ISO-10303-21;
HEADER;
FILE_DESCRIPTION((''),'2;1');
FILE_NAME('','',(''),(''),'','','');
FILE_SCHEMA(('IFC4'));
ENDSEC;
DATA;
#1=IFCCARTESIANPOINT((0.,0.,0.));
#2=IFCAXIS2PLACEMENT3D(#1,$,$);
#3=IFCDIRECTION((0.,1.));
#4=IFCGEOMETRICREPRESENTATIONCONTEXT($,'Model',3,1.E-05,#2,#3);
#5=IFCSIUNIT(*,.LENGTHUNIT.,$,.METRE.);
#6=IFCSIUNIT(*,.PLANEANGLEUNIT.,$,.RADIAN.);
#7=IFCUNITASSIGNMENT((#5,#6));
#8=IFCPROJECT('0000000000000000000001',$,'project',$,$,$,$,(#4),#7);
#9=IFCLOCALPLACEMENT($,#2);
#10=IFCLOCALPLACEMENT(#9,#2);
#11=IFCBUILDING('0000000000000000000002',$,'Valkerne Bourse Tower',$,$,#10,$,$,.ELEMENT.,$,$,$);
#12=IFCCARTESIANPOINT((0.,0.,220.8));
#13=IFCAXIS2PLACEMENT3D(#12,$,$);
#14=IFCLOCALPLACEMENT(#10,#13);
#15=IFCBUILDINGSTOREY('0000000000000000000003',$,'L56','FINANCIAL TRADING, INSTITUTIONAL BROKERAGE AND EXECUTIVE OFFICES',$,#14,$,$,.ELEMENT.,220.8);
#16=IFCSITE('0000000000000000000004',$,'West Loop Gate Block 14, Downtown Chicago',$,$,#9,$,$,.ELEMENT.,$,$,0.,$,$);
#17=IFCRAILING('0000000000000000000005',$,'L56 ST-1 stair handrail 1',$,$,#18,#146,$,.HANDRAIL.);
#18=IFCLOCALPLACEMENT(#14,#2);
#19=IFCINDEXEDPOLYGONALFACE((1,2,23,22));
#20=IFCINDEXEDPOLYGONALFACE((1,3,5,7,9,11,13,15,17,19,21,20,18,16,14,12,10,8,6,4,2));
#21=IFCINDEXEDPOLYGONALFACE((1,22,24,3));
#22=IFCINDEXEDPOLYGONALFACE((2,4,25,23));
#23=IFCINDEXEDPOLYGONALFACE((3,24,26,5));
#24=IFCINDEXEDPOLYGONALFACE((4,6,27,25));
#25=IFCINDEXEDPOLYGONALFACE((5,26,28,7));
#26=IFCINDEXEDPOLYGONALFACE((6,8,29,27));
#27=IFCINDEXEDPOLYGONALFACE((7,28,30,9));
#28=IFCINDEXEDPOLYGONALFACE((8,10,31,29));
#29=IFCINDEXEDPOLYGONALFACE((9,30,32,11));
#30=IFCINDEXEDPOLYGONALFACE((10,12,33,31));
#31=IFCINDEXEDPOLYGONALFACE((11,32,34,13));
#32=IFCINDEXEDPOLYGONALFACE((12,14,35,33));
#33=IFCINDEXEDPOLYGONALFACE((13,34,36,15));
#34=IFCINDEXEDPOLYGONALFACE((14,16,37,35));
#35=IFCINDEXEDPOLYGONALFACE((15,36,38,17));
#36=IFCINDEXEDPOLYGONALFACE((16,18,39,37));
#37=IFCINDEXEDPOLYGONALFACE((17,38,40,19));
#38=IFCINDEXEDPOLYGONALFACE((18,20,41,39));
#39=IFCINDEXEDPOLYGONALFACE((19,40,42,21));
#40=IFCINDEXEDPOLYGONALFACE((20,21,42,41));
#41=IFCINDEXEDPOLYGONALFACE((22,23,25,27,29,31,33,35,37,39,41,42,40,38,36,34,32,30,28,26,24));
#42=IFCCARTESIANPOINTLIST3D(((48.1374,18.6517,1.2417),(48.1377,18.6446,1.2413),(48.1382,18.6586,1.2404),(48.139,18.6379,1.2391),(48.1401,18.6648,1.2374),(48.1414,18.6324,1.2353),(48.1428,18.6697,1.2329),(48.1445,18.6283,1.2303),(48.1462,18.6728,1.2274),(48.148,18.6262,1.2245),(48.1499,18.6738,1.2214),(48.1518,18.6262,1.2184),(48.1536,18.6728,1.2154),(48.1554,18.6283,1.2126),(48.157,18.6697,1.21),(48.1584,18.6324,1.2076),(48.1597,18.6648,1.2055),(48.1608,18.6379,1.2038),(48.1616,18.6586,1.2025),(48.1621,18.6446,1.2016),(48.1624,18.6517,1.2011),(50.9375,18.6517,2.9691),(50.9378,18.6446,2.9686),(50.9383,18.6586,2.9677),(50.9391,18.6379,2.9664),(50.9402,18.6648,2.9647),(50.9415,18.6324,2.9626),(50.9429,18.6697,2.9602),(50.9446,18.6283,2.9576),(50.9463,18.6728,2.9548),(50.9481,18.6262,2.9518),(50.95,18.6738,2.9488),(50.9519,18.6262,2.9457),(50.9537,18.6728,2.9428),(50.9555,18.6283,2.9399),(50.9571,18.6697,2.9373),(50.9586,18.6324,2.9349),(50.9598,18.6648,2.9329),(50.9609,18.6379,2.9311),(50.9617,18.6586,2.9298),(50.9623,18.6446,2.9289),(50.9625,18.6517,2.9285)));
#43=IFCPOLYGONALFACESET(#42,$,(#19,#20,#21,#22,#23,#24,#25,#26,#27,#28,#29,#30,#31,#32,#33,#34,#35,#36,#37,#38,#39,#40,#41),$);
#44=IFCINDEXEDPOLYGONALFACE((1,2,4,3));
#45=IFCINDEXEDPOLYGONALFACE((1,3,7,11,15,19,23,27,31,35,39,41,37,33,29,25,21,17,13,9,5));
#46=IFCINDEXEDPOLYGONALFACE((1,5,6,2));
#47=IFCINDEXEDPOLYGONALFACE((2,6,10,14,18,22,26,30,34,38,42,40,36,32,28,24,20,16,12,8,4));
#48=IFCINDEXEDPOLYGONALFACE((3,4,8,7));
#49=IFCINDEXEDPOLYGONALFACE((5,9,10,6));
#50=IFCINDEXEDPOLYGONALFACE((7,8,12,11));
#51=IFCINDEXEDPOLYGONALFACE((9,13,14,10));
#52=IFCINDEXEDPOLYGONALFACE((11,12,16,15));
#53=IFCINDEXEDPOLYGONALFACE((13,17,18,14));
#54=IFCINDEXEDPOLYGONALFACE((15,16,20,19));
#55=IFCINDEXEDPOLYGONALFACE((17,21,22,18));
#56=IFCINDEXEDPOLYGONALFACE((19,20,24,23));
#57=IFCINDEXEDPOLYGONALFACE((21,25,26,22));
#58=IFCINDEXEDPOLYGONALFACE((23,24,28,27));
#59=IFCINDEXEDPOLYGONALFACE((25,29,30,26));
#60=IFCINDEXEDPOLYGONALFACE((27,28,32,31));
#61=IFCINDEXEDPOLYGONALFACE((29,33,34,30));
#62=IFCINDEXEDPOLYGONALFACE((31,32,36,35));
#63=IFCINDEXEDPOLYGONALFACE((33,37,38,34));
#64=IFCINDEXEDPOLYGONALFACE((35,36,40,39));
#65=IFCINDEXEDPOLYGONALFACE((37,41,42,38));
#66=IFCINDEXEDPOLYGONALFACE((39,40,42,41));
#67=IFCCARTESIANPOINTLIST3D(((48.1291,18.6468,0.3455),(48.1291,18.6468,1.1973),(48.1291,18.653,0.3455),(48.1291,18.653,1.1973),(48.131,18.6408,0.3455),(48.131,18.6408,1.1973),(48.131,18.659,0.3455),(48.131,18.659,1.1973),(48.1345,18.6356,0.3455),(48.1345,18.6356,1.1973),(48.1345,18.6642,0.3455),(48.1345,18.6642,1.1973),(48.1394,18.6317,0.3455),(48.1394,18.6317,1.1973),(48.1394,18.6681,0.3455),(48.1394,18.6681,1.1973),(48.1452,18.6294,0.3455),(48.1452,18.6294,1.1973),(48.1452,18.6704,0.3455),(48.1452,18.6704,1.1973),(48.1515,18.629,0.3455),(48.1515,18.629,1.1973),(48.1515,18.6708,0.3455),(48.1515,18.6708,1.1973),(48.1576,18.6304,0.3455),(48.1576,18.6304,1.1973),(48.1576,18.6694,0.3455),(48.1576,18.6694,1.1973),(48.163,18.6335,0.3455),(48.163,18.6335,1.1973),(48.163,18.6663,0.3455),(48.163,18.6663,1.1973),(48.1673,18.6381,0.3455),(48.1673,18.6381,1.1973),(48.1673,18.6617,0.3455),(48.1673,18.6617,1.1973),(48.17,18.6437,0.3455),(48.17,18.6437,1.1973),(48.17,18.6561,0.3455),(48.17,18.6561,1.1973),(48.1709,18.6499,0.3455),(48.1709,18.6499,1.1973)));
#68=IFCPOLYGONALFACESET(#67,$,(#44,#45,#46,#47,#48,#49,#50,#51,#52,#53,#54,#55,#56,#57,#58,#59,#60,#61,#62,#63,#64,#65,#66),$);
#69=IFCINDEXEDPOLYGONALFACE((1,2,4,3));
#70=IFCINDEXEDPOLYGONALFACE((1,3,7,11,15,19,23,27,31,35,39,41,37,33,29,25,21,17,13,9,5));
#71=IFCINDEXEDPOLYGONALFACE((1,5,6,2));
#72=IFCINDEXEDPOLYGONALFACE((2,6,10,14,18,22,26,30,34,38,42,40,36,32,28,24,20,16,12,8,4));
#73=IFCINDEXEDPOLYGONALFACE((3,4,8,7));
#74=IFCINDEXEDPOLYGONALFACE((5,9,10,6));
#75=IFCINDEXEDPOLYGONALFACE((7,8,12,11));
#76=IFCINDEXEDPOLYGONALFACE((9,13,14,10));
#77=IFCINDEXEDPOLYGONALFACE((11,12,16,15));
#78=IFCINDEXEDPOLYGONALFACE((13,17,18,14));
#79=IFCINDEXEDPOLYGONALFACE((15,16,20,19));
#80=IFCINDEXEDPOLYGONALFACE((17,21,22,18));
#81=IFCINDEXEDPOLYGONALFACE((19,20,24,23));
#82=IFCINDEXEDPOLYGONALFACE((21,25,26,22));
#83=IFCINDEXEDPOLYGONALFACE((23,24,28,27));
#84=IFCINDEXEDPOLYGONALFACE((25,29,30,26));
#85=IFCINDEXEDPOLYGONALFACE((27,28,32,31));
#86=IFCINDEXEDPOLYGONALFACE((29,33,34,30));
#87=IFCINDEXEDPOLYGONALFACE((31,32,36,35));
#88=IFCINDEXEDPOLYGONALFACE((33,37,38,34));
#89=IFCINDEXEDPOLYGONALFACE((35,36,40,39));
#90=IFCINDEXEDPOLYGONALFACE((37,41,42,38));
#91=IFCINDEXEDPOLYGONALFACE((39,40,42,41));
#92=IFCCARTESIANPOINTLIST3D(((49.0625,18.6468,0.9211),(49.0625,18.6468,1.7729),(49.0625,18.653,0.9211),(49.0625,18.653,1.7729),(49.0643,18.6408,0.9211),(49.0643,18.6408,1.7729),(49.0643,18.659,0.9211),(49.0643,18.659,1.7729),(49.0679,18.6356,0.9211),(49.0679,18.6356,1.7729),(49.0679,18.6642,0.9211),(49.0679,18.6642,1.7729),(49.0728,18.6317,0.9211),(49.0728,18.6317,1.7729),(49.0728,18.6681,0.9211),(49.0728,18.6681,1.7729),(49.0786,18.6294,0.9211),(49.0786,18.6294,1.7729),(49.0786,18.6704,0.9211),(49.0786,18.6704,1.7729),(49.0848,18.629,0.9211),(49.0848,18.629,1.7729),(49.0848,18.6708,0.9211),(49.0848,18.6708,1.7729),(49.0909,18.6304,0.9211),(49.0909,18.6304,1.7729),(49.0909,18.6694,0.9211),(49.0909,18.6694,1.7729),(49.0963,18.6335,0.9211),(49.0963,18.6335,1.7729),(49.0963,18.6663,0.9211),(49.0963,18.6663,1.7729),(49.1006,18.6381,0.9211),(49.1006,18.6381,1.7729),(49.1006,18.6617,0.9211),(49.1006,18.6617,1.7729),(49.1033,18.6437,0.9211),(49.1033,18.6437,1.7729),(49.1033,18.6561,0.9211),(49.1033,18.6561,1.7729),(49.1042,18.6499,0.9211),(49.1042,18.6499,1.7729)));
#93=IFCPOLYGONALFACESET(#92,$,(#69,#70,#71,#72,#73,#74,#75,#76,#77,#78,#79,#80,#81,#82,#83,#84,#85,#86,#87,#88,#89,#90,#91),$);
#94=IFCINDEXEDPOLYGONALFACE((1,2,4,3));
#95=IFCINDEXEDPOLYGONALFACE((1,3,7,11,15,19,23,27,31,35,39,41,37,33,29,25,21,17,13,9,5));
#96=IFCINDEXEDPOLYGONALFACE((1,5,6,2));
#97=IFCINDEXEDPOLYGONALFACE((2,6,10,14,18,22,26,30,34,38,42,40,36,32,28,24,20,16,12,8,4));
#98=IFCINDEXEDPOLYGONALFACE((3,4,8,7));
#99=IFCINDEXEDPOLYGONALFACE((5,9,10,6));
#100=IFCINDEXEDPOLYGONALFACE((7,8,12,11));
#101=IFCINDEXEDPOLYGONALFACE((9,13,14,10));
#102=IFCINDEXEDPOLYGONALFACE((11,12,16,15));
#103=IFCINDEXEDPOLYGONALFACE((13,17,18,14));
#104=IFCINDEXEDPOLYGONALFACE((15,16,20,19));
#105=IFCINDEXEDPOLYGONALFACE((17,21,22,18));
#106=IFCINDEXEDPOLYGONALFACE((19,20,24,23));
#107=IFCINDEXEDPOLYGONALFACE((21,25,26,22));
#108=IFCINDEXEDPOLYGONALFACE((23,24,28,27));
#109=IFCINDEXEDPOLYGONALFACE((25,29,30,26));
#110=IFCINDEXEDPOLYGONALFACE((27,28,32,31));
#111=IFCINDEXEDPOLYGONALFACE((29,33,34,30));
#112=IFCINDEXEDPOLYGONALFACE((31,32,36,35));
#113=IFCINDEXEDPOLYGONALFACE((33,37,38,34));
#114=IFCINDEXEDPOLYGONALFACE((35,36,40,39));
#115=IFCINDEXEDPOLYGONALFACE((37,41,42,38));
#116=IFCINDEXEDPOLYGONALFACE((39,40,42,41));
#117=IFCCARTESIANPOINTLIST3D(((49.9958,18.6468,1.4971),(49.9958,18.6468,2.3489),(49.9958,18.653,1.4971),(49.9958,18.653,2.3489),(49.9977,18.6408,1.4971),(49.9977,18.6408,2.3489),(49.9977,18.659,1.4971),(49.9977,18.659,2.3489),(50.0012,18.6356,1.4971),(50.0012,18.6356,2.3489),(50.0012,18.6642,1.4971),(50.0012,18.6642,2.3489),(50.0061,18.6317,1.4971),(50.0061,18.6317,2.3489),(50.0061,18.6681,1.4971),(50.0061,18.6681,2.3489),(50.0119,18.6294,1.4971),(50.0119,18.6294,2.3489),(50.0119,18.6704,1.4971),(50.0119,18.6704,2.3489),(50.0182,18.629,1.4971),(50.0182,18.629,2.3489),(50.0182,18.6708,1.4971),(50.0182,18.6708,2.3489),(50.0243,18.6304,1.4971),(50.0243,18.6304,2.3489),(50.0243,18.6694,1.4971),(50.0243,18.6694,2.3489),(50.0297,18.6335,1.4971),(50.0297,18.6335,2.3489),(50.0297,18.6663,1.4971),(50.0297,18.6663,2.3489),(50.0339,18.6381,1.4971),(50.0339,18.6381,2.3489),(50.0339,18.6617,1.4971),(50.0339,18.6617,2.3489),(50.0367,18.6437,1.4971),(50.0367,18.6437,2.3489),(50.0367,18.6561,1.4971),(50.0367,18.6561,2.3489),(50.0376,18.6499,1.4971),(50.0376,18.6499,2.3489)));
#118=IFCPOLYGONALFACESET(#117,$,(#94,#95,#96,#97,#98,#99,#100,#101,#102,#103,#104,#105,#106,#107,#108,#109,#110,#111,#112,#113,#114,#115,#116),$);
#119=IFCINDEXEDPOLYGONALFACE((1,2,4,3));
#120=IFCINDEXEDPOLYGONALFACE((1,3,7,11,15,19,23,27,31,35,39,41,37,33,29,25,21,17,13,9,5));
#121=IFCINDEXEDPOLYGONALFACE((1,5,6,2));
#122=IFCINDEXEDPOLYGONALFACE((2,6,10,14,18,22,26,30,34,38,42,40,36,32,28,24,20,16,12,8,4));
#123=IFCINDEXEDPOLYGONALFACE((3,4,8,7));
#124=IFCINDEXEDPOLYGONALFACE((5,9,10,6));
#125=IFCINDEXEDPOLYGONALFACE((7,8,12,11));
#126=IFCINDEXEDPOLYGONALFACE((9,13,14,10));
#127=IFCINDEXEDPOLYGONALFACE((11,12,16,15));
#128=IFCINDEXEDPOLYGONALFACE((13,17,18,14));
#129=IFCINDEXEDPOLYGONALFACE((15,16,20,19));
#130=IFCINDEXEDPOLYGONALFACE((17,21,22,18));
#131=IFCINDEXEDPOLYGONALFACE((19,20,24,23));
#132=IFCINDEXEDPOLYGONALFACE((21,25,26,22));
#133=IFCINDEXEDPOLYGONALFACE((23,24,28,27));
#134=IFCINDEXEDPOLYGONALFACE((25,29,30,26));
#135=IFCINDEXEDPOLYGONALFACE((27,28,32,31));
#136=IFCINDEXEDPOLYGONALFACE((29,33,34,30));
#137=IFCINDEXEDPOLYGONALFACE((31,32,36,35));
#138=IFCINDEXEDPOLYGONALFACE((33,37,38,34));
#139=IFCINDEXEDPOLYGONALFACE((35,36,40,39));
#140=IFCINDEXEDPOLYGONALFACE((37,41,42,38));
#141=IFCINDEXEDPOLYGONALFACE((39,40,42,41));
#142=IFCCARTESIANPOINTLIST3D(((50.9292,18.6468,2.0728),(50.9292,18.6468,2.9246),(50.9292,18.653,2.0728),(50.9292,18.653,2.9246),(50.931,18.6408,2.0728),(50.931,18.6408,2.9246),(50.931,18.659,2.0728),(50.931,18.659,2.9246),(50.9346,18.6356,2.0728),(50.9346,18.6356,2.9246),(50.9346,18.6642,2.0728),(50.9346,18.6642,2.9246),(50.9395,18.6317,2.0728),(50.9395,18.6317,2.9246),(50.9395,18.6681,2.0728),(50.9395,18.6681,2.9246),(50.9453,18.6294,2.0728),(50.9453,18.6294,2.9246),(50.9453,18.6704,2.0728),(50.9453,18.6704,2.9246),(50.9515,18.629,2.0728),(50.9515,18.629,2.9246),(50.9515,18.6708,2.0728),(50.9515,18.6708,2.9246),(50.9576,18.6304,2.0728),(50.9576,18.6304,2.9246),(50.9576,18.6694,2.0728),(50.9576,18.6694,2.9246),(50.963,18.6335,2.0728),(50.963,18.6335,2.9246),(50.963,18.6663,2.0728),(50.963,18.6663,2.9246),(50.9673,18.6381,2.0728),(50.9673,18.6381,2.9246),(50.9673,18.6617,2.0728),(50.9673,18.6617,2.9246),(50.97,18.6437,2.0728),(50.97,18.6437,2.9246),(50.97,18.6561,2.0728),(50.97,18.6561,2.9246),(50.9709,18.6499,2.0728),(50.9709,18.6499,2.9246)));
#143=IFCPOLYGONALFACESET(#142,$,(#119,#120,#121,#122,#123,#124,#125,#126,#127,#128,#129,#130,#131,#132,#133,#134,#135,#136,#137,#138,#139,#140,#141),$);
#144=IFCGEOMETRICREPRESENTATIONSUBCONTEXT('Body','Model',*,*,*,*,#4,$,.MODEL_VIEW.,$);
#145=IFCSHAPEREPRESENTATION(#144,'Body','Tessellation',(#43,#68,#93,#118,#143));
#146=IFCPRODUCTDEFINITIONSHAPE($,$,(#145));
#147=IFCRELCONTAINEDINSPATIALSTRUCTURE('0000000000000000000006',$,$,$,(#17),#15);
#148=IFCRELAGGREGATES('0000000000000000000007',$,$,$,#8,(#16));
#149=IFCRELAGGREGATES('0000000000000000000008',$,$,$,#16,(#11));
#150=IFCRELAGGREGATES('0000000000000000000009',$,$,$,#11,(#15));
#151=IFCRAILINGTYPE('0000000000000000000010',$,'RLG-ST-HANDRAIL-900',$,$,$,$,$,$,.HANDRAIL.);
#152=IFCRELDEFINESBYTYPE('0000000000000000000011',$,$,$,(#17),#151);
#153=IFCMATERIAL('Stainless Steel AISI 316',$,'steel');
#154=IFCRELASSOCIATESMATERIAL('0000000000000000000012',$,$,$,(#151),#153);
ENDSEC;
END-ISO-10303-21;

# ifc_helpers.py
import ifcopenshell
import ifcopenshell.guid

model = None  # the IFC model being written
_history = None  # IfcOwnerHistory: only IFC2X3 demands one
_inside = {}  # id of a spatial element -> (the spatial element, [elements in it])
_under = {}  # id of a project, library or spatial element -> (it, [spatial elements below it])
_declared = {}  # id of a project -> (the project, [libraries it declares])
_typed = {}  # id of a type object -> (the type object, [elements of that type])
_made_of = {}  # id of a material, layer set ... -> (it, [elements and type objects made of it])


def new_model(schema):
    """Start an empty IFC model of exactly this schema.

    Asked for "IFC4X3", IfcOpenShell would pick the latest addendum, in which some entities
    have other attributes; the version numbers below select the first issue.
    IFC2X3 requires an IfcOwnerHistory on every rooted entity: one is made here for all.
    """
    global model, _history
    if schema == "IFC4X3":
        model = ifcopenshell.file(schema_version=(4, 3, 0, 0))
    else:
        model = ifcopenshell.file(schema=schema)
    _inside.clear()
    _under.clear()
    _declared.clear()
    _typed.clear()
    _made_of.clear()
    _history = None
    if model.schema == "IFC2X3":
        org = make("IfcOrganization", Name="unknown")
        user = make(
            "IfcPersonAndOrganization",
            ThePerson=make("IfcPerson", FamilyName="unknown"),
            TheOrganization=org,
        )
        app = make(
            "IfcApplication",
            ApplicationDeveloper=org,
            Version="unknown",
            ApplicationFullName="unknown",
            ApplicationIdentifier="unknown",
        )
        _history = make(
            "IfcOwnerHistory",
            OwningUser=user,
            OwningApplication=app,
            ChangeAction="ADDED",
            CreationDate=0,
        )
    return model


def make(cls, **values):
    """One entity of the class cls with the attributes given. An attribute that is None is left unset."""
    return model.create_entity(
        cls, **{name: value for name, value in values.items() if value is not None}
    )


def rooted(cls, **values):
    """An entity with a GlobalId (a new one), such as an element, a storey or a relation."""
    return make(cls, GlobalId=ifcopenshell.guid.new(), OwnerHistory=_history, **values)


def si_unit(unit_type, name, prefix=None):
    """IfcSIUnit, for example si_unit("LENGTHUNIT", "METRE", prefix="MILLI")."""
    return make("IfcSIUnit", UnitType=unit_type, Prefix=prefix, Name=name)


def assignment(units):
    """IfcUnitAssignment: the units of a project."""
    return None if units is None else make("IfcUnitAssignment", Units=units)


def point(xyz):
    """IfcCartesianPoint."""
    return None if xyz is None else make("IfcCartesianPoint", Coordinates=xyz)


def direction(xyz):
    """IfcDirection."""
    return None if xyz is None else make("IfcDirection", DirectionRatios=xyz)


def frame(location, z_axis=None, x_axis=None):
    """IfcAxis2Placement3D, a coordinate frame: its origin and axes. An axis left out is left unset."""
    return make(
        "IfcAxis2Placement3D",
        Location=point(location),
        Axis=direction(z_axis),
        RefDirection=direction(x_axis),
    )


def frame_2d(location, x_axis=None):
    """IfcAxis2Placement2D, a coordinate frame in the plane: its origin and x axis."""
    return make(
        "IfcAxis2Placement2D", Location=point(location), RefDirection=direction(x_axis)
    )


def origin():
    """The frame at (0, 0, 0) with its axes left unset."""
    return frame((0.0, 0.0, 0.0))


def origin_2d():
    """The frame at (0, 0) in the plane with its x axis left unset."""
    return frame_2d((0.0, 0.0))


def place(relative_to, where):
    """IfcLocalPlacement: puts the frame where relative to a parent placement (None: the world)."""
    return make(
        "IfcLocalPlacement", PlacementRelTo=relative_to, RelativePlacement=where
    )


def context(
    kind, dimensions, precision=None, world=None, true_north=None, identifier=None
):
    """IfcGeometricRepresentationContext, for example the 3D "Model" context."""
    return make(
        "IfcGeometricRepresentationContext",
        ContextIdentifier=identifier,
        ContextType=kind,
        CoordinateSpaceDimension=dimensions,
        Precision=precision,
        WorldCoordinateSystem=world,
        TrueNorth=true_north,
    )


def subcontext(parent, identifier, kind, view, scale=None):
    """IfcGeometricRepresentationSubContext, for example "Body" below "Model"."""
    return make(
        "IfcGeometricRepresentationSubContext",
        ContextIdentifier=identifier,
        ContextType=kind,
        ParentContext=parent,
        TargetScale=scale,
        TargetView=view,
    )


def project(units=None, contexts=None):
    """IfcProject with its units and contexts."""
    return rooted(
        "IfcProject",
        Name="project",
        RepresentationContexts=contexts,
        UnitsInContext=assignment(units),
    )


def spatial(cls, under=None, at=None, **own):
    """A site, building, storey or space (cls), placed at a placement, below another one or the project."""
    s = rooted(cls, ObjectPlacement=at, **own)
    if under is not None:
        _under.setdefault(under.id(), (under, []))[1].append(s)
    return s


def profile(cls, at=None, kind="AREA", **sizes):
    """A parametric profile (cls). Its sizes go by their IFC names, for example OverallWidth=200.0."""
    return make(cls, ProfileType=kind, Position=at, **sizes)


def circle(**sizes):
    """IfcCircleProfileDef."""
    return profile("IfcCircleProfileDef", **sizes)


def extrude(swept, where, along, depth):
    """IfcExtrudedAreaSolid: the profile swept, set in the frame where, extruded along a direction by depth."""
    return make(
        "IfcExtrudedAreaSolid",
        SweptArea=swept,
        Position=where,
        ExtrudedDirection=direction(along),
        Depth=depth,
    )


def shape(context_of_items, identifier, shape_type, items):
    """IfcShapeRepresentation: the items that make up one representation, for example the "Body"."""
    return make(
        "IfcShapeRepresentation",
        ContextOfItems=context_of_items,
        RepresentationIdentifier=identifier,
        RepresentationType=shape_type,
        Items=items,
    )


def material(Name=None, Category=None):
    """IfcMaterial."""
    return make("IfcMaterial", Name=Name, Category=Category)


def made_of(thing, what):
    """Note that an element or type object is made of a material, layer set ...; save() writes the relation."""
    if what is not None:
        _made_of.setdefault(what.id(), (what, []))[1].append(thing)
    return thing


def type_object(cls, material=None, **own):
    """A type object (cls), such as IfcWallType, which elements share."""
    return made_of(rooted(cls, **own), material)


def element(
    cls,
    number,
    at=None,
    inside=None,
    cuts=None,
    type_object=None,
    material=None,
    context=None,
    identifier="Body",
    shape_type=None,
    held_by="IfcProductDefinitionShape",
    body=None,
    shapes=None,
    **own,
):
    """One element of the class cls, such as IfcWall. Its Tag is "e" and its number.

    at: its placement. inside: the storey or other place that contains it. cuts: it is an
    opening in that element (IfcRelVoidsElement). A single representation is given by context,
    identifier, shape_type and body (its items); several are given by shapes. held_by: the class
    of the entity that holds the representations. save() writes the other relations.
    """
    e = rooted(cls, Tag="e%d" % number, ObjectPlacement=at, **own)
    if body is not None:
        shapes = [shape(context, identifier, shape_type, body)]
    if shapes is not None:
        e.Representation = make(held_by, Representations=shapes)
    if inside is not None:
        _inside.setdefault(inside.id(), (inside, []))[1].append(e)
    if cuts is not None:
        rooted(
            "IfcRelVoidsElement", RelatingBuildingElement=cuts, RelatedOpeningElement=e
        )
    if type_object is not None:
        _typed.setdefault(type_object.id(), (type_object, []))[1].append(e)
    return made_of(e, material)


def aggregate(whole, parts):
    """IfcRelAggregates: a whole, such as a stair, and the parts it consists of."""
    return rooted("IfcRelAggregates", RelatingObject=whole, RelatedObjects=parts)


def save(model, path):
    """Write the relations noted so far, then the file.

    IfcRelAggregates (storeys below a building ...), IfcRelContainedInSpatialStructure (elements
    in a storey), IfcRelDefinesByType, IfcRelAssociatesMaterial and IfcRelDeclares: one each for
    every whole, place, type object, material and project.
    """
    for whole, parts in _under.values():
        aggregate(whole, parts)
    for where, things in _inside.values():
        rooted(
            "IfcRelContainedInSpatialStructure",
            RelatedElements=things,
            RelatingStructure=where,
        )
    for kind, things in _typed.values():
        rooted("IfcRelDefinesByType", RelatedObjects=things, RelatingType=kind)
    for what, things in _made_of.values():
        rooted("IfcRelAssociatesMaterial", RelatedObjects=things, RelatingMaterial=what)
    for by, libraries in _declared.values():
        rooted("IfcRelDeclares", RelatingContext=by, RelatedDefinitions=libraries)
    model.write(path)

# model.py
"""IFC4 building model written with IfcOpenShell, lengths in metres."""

from ifc_helpers import new_model, si_unit, direction, frame, origin, origin_2d, place, context, subcontext, project, spatial, circle, extrude, material, type_object, element, save


model = new_model("IFC4")

# Units and contexts
model_context = context("Model", 3, precision=1e-05, world=origin(), true_north=direction((0.0, 1.0)))
body_context = subcontext(model_context, "Body", "Model", "MODEL_VIEW")
ifc_project = project(units=[si_unit("LENGTHUNIT", "METRE"), si_unit("PLANEANGLEUNIT", "RADIAN")], contexts=[model_context])

# Site, building, storey
site_placement = place(None, origin())
site = spatial("IfcSite", under=ifc_project, at=site_placement, Name="West Loop Gate Block 14, Downtown Chicago", CompositionType="ELEMENT", RefElevation=0.0)
building_placement = place(site_placement, origin())
building = spatial("IfcBuilding", under=site, at=building_placement, Name="Valkerne Bourse Tower", CompositionType="ELEMENT")
storey_placement = place(building_placement, frame((0.0, 0.0, 220.8)))
storey = spatial("IfcBuildingStorey", under=building, at=storey_placement, Name="L56", Description="FINANCIAL TRADING, INSTITUTIONAL BROKERAGE AND EXECUTIVE OFFICES", CompositionType="ELEMENT", Elevation=220.8)

# Shared definitions
ifc_material_1 = material(Name="Stainless Steel AISI 316", Category="steel")

# Railing
railing_type_1 = type_object("IfcRailingType", Name="RLG-ST-HANDRAIL-900", PredefinedType="HANDRAIL", material=ifc_material_1)
railing_1_placement = place(storey_placement, frame((48.1499, 18.6499, 0.3455)))
element("IfcRailing", 1, at=railing_1_placement, inside=storey, type_object=railing_type_1, Name="L56 ST-1 stair handrail 1", PredefinedType="HANDRAIL", context=body_context, shape_type="SweptSolid", body=[
    extrude(circle(Radius=0.0239, at=origin_2d()), frame((0.0, 0.0, 0.876), z_axis=(0.85109, 0.0, 0.52502), x_axis=(0.0, 1.0, 0.0)), (0.0, 0.0, 1.0), 3.29),
    extrude(circle(Radius=0.021, at=origin_2d()), origin(), (0.0, 0.0, 1.0), 0.8518),
    extrude(circle(Radius=0.021, at=origin_2d()), frame((0.9333, 0.0, 0.5757)), (0.0, 0.0, 1.0), 0.8518),
    extrude(circle(Radius=0.021, at=origin_2d()), frame((1.8667, 0.0, 1.1516)), (0.0, 0.0, 1.0), 0.8518),
    extrude(circle(Radius=0.021, at=origin_2d()), frame((2.8, 0.0, 1.7273)), (0.0, 0.0, 1.0), 0.8518),
])

save(model, "model.ifc")
